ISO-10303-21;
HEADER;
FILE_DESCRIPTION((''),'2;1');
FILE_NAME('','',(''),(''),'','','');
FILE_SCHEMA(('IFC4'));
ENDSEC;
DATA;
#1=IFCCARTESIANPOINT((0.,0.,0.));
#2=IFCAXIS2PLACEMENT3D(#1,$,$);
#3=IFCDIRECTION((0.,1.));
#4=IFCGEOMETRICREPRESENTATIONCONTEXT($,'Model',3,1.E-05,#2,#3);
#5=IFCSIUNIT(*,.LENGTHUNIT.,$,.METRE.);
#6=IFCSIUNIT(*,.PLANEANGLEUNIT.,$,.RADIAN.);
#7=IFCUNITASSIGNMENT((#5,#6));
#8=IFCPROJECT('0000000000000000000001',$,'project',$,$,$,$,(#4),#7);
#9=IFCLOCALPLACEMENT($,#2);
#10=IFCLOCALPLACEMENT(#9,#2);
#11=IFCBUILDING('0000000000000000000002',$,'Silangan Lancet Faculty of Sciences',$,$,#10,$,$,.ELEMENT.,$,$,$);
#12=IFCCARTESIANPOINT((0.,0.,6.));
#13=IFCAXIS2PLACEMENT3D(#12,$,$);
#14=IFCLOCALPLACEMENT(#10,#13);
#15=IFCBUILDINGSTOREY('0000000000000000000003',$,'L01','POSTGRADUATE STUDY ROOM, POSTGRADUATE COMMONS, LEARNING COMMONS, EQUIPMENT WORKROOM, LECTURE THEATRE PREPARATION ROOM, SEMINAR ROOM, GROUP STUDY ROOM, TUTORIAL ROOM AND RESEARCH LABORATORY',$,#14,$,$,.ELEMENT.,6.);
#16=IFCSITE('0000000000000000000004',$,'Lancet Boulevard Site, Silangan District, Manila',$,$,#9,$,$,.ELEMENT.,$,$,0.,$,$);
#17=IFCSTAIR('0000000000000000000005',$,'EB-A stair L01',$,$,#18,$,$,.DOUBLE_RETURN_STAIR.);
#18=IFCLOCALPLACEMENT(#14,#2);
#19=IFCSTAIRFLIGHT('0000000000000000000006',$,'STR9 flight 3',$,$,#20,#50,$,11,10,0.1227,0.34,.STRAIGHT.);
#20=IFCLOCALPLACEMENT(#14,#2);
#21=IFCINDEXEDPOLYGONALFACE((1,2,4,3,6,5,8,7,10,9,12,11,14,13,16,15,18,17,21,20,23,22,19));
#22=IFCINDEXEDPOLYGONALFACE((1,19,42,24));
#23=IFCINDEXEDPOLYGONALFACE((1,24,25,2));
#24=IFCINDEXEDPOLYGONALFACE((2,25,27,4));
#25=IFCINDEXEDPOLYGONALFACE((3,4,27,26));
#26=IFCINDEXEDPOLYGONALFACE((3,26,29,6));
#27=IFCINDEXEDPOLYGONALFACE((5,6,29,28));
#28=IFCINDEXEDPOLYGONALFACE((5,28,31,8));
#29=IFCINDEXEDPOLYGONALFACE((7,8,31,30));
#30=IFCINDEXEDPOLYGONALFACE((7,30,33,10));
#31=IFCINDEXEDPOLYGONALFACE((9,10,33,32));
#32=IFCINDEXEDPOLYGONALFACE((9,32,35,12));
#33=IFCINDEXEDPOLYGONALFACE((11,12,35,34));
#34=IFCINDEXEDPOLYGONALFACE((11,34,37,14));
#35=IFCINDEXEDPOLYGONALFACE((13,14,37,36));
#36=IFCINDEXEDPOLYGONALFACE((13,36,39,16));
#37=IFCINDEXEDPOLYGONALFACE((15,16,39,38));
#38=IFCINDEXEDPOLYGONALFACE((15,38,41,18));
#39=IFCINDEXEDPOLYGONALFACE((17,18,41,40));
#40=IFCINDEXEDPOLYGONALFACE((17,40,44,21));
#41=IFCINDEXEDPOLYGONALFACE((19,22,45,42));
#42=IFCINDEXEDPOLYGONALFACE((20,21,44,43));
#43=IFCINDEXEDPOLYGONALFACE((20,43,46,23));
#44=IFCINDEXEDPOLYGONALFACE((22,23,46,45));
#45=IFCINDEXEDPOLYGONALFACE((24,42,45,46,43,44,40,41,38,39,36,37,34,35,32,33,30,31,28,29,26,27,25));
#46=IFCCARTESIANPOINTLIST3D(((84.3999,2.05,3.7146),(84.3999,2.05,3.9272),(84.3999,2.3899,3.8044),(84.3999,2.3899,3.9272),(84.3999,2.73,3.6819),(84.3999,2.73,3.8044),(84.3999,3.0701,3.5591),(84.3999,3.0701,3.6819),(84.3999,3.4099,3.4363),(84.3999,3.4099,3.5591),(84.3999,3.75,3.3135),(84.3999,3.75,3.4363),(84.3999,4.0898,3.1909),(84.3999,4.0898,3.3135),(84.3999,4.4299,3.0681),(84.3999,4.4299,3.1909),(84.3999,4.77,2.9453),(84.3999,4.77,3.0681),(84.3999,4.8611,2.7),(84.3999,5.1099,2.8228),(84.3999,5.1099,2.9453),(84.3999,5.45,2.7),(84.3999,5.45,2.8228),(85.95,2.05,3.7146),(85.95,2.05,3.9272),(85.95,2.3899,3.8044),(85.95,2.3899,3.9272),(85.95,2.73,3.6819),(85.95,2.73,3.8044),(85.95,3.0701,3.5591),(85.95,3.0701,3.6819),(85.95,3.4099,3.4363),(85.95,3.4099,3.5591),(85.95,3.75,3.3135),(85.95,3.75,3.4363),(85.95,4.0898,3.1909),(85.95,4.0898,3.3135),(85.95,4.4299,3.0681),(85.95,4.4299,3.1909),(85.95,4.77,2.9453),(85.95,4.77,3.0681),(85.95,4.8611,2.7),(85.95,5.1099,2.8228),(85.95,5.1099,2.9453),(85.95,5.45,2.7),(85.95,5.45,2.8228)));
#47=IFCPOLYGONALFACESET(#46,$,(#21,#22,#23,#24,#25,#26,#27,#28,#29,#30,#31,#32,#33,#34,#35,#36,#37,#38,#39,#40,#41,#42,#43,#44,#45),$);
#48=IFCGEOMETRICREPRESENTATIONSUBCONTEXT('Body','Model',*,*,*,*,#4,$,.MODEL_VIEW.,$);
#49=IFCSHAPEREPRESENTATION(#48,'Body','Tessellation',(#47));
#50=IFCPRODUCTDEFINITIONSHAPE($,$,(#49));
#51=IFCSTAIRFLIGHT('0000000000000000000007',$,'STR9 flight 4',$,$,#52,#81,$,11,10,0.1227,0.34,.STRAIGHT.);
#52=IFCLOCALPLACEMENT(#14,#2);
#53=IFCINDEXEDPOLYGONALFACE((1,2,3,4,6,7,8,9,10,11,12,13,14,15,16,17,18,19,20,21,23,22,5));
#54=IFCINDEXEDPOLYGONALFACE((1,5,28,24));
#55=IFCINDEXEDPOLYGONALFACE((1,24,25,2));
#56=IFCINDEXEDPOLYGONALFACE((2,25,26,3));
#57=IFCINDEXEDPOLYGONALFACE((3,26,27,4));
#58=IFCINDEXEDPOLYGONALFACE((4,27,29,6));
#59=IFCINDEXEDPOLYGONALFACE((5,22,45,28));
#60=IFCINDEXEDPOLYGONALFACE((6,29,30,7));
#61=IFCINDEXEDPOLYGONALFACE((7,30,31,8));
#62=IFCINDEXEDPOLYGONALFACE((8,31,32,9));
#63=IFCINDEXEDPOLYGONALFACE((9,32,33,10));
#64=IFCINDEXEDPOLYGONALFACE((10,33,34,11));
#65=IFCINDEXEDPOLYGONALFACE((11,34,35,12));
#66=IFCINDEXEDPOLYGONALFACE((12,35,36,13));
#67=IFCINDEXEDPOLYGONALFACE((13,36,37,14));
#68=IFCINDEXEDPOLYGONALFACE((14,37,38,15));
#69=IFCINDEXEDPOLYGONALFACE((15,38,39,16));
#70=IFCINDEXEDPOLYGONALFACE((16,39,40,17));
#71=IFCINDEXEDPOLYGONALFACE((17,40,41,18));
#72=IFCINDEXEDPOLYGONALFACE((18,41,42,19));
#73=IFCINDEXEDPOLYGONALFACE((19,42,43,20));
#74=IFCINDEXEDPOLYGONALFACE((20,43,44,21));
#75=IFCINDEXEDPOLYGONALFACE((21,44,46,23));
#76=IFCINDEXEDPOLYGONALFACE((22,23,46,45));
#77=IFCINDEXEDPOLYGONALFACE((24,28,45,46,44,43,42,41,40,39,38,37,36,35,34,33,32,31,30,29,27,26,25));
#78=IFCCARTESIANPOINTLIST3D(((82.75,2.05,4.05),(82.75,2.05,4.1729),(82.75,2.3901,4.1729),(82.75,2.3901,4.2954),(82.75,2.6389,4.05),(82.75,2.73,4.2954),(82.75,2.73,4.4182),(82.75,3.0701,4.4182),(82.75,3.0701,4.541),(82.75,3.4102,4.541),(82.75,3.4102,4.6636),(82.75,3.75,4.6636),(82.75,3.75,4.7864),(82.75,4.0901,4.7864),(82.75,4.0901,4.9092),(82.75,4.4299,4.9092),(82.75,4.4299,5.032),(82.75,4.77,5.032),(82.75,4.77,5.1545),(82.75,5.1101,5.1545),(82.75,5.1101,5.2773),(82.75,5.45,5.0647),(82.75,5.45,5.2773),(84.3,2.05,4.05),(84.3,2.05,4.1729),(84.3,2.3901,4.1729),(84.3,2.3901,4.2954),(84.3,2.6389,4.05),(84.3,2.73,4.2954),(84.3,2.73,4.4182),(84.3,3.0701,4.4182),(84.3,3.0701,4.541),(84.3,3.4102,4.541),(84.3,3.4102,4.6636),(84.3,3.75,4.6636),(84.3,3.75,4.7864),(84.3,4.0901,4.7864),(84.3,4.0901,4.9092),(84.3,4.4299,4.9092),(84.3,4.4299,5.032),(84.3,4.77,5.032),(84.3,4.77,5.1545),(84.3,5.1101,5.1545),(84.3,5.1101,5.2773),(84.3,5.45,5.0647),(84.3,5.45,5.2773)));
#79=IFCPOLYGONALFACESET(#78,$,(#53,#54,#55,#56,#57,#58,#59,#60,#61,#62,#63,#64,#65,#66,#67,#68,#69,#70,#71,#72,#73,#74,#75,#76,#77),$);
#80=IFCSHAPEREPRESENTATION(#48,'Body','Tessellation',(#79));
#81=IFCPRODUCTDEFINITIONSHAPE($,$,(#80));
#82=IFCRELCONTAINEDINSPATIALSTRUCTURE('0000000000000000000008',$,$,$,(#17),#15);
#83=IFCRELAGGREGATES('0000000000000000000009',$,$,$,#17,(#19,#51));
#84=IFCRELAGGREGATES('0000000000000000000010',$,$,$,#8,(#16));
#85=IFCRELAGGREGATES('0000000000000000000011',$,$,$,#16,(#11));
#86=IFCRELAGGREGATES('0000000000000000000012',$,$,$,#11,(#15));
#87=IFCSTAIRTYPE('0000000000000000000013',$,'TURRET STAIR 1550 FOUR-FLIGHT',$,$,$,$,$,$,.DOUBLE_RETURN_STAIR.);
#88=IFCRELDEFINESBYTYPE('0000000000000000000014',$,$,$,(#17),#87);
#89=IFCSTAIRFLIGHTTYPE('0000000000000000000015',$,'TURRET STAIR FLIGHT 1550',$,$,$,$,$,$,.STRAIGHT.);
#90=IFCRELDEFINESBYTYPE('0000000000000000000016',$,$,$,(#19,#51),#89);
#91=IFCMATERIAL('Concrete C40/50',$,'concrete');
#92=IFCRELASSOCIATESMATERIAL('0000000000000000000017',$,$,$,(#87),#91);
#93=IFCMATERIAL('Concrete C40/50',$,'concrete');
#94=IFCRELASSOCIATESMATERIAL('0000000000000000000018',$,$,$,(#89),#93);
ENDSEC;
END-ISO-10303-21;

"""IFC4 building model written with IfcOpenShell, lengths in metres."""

from ifc_helpers import new_model, si_unit, direction, frame, origin, place, context, subcontext, project, spatial, polyline, outline, extrude, material, type_object, element, aggregate, save


model = new_model("IFC4")

# Units and contexts
model_context = context("Model", 3, precision=1e-05, world=origin(), true_north=direction((0.0, 1.0)))
body_context = subcontext(model_context, "Body", "Model", "MODEL_VIEW")
ifc_project = project(units=[si_unit("LENGTHUNIT", "METRE"), si_unit("PLANEANGLEUNIT", "RADIAN")], contexts=[model_context])

# Site, building, storey
site_placement = place(None, origin())
site = spatial("IfcSite", under=ifc_project, at=site_placement, Name="Lancet Boulevard Site, Silangan District, Manila", CompositionType="ELEMENT", RefElevation=0.0)
building_placement = place(site_placement, origin())
building = spatial("IfcBuilding", under=site, at=building_placement, Name="Silangan Lancet Faculty of Sciences", CompositionType="ELEMENT")
storey_placement = place(building_placement, frame((0.0, 0.0, 6.0)))
storey = spatial("IfcBuildingStorey", under=building, at=storey_placement, Name="L01", Description="POSTGRADUATE STUDY ROOM, POSTGRADUATE COMMONS, LEARNING COMMONS, EQUIPMENT WORKROOM, LECTURE THEATRE PREPARATION ROOM, SEMINAR ROOM, GROUP STUDY ROOM, TUTORIAL ROOM AND RESEARCH LABORATORY", CompositionType="ELEMENT", Elevation=6.0)

# Stair, stair flights
ifc_material_1 = material(Name="Concrete C40/50", Category="concrete")
stair_type = type_object("IfcStairType", Name="TURRET STAIR 1550 FOUR-FLIGHT", PredefinedType="DOUBLE_RETURN_STAIR", material=ifc_material_1)
stair_placement = place(storey_placement, origin())
stair = element("IfcStair", 1, at=stair_placement, inside=storey, type_object=stair_type, Name="EB-A stair L01", PredefinedType="DOUBLE_RETURN_STAIR")
ifc_material_2 = material(Name="Concrete C40/50", Category="concrete")
stair_flight_type = type_object("IfcStairFlightType", Name="TURRET STAIR FLIGHT 1550", PredefinedType="STRAIGHT", material=ifc_material_2)
stair_flight_1_placement = place(storey_placement, frame((85.175, 5.45, 2.7), z_axis=(0.0, 0.0, 1.0), x_axis=(0.0, -1.0, 0.0)))
stair_flight_1 = element("IfcStairFlight", 2, at=stair_flight_1_placement, type_object=stair_flight_type, Name="STR9 flight 3", NumberOfRisers=11, NumberOfTreads=10, PredefinedType="STRAIGHT", RiserHeight=0.1227, TreadLength=0.34, context=body_context, shape_type="SweptSolid", body=[
    extrude(outline(polyline([(0.0, 0.0), (0.0, 0.1228), (0.3401, 0.1228), (0.3401, 0.2454), (0.6799, 0.2454), (0.6799, 0.3682), (1.02, 0.3682), (1.02, 0.491), (1.3601, 0.491), (1.3601, 0.6135), (1.7, 0.6135), (1.7, 0.7363), (2.04, 0.7363), (2.04, 0.8591), (2.3799, 0.8591), (2.3799, 0.9819), (2.72, 0.9819), (2.72, 1.1045), (3.0601, 1.1045), (3.0601, 1.2273), (3.3999, 1.2273), (3.3999, 1.3501), (3.3999, 1.0146), (0.5889, 0.0), (0.0, 0.0)])), frame((0.0, 0.7749, 0.0), z_axis=(0.0, -1.0, 0.0), x_axis=(1.0, 0.0, 0.0)), (0.0, 0.0, 1.0), 1.55),
])
stair_flight_2_placement = place(storey_placement, frame((83.5249, 2.05, 4.05), z_axis=(0.0, 0.0, 1.0), x_axis=(0.0, 1.0, 0.0)))
stair_flight_2 = element("IfcStairFlight", 3, at=stair_flight_2_placement, type_object=stair_flight_type, Name="STR9 flight 4", NumberOfRisers=11, NumberOfTreads=10, PredefinedType="STRAIGHT", RiserHeight=0.1227, TreadLength=0.34, context=body_context, shape_type="SweptSolid", body=[
    extrude(outline(polyline([(0.0, 0.0), (0.0, 0.1228), (0.3401, 0.1228), (0.3401, 0.2454), (0.6799, 0.2454), (0.6799, 0.3682), (1.02, 0.3682), (1.02, 0.491), (1.3601, 0.491), (1.3601, 0.6135), (1.7, 0.6135), (1.7, 0.7363), (2.04, 0.7363), (2.04, 0.8591), (2.3799, 0.8591), (2.3799, 0.9819), (2.72, 0.9819), (2.72, 1.1045), (3.0601, 1.1045), (3.0601, 1.2273), (3.3999, 1.2273), (3.3999, 1.3501), (3.3999, 1.0146), (0.5889, 0.0), (0.0, 0.0)])), frame((0.0, 0.7749, 0.0), z_axis=(0.0, -1.0, 0.0), x_axis=(1.0, 0.0, 0.0)), (0.0, 0.0, 1.0), 1.55),
])
aggregate(stair, [stair_flight_1, stair_flight_2])

save(model, "model.ifc")
